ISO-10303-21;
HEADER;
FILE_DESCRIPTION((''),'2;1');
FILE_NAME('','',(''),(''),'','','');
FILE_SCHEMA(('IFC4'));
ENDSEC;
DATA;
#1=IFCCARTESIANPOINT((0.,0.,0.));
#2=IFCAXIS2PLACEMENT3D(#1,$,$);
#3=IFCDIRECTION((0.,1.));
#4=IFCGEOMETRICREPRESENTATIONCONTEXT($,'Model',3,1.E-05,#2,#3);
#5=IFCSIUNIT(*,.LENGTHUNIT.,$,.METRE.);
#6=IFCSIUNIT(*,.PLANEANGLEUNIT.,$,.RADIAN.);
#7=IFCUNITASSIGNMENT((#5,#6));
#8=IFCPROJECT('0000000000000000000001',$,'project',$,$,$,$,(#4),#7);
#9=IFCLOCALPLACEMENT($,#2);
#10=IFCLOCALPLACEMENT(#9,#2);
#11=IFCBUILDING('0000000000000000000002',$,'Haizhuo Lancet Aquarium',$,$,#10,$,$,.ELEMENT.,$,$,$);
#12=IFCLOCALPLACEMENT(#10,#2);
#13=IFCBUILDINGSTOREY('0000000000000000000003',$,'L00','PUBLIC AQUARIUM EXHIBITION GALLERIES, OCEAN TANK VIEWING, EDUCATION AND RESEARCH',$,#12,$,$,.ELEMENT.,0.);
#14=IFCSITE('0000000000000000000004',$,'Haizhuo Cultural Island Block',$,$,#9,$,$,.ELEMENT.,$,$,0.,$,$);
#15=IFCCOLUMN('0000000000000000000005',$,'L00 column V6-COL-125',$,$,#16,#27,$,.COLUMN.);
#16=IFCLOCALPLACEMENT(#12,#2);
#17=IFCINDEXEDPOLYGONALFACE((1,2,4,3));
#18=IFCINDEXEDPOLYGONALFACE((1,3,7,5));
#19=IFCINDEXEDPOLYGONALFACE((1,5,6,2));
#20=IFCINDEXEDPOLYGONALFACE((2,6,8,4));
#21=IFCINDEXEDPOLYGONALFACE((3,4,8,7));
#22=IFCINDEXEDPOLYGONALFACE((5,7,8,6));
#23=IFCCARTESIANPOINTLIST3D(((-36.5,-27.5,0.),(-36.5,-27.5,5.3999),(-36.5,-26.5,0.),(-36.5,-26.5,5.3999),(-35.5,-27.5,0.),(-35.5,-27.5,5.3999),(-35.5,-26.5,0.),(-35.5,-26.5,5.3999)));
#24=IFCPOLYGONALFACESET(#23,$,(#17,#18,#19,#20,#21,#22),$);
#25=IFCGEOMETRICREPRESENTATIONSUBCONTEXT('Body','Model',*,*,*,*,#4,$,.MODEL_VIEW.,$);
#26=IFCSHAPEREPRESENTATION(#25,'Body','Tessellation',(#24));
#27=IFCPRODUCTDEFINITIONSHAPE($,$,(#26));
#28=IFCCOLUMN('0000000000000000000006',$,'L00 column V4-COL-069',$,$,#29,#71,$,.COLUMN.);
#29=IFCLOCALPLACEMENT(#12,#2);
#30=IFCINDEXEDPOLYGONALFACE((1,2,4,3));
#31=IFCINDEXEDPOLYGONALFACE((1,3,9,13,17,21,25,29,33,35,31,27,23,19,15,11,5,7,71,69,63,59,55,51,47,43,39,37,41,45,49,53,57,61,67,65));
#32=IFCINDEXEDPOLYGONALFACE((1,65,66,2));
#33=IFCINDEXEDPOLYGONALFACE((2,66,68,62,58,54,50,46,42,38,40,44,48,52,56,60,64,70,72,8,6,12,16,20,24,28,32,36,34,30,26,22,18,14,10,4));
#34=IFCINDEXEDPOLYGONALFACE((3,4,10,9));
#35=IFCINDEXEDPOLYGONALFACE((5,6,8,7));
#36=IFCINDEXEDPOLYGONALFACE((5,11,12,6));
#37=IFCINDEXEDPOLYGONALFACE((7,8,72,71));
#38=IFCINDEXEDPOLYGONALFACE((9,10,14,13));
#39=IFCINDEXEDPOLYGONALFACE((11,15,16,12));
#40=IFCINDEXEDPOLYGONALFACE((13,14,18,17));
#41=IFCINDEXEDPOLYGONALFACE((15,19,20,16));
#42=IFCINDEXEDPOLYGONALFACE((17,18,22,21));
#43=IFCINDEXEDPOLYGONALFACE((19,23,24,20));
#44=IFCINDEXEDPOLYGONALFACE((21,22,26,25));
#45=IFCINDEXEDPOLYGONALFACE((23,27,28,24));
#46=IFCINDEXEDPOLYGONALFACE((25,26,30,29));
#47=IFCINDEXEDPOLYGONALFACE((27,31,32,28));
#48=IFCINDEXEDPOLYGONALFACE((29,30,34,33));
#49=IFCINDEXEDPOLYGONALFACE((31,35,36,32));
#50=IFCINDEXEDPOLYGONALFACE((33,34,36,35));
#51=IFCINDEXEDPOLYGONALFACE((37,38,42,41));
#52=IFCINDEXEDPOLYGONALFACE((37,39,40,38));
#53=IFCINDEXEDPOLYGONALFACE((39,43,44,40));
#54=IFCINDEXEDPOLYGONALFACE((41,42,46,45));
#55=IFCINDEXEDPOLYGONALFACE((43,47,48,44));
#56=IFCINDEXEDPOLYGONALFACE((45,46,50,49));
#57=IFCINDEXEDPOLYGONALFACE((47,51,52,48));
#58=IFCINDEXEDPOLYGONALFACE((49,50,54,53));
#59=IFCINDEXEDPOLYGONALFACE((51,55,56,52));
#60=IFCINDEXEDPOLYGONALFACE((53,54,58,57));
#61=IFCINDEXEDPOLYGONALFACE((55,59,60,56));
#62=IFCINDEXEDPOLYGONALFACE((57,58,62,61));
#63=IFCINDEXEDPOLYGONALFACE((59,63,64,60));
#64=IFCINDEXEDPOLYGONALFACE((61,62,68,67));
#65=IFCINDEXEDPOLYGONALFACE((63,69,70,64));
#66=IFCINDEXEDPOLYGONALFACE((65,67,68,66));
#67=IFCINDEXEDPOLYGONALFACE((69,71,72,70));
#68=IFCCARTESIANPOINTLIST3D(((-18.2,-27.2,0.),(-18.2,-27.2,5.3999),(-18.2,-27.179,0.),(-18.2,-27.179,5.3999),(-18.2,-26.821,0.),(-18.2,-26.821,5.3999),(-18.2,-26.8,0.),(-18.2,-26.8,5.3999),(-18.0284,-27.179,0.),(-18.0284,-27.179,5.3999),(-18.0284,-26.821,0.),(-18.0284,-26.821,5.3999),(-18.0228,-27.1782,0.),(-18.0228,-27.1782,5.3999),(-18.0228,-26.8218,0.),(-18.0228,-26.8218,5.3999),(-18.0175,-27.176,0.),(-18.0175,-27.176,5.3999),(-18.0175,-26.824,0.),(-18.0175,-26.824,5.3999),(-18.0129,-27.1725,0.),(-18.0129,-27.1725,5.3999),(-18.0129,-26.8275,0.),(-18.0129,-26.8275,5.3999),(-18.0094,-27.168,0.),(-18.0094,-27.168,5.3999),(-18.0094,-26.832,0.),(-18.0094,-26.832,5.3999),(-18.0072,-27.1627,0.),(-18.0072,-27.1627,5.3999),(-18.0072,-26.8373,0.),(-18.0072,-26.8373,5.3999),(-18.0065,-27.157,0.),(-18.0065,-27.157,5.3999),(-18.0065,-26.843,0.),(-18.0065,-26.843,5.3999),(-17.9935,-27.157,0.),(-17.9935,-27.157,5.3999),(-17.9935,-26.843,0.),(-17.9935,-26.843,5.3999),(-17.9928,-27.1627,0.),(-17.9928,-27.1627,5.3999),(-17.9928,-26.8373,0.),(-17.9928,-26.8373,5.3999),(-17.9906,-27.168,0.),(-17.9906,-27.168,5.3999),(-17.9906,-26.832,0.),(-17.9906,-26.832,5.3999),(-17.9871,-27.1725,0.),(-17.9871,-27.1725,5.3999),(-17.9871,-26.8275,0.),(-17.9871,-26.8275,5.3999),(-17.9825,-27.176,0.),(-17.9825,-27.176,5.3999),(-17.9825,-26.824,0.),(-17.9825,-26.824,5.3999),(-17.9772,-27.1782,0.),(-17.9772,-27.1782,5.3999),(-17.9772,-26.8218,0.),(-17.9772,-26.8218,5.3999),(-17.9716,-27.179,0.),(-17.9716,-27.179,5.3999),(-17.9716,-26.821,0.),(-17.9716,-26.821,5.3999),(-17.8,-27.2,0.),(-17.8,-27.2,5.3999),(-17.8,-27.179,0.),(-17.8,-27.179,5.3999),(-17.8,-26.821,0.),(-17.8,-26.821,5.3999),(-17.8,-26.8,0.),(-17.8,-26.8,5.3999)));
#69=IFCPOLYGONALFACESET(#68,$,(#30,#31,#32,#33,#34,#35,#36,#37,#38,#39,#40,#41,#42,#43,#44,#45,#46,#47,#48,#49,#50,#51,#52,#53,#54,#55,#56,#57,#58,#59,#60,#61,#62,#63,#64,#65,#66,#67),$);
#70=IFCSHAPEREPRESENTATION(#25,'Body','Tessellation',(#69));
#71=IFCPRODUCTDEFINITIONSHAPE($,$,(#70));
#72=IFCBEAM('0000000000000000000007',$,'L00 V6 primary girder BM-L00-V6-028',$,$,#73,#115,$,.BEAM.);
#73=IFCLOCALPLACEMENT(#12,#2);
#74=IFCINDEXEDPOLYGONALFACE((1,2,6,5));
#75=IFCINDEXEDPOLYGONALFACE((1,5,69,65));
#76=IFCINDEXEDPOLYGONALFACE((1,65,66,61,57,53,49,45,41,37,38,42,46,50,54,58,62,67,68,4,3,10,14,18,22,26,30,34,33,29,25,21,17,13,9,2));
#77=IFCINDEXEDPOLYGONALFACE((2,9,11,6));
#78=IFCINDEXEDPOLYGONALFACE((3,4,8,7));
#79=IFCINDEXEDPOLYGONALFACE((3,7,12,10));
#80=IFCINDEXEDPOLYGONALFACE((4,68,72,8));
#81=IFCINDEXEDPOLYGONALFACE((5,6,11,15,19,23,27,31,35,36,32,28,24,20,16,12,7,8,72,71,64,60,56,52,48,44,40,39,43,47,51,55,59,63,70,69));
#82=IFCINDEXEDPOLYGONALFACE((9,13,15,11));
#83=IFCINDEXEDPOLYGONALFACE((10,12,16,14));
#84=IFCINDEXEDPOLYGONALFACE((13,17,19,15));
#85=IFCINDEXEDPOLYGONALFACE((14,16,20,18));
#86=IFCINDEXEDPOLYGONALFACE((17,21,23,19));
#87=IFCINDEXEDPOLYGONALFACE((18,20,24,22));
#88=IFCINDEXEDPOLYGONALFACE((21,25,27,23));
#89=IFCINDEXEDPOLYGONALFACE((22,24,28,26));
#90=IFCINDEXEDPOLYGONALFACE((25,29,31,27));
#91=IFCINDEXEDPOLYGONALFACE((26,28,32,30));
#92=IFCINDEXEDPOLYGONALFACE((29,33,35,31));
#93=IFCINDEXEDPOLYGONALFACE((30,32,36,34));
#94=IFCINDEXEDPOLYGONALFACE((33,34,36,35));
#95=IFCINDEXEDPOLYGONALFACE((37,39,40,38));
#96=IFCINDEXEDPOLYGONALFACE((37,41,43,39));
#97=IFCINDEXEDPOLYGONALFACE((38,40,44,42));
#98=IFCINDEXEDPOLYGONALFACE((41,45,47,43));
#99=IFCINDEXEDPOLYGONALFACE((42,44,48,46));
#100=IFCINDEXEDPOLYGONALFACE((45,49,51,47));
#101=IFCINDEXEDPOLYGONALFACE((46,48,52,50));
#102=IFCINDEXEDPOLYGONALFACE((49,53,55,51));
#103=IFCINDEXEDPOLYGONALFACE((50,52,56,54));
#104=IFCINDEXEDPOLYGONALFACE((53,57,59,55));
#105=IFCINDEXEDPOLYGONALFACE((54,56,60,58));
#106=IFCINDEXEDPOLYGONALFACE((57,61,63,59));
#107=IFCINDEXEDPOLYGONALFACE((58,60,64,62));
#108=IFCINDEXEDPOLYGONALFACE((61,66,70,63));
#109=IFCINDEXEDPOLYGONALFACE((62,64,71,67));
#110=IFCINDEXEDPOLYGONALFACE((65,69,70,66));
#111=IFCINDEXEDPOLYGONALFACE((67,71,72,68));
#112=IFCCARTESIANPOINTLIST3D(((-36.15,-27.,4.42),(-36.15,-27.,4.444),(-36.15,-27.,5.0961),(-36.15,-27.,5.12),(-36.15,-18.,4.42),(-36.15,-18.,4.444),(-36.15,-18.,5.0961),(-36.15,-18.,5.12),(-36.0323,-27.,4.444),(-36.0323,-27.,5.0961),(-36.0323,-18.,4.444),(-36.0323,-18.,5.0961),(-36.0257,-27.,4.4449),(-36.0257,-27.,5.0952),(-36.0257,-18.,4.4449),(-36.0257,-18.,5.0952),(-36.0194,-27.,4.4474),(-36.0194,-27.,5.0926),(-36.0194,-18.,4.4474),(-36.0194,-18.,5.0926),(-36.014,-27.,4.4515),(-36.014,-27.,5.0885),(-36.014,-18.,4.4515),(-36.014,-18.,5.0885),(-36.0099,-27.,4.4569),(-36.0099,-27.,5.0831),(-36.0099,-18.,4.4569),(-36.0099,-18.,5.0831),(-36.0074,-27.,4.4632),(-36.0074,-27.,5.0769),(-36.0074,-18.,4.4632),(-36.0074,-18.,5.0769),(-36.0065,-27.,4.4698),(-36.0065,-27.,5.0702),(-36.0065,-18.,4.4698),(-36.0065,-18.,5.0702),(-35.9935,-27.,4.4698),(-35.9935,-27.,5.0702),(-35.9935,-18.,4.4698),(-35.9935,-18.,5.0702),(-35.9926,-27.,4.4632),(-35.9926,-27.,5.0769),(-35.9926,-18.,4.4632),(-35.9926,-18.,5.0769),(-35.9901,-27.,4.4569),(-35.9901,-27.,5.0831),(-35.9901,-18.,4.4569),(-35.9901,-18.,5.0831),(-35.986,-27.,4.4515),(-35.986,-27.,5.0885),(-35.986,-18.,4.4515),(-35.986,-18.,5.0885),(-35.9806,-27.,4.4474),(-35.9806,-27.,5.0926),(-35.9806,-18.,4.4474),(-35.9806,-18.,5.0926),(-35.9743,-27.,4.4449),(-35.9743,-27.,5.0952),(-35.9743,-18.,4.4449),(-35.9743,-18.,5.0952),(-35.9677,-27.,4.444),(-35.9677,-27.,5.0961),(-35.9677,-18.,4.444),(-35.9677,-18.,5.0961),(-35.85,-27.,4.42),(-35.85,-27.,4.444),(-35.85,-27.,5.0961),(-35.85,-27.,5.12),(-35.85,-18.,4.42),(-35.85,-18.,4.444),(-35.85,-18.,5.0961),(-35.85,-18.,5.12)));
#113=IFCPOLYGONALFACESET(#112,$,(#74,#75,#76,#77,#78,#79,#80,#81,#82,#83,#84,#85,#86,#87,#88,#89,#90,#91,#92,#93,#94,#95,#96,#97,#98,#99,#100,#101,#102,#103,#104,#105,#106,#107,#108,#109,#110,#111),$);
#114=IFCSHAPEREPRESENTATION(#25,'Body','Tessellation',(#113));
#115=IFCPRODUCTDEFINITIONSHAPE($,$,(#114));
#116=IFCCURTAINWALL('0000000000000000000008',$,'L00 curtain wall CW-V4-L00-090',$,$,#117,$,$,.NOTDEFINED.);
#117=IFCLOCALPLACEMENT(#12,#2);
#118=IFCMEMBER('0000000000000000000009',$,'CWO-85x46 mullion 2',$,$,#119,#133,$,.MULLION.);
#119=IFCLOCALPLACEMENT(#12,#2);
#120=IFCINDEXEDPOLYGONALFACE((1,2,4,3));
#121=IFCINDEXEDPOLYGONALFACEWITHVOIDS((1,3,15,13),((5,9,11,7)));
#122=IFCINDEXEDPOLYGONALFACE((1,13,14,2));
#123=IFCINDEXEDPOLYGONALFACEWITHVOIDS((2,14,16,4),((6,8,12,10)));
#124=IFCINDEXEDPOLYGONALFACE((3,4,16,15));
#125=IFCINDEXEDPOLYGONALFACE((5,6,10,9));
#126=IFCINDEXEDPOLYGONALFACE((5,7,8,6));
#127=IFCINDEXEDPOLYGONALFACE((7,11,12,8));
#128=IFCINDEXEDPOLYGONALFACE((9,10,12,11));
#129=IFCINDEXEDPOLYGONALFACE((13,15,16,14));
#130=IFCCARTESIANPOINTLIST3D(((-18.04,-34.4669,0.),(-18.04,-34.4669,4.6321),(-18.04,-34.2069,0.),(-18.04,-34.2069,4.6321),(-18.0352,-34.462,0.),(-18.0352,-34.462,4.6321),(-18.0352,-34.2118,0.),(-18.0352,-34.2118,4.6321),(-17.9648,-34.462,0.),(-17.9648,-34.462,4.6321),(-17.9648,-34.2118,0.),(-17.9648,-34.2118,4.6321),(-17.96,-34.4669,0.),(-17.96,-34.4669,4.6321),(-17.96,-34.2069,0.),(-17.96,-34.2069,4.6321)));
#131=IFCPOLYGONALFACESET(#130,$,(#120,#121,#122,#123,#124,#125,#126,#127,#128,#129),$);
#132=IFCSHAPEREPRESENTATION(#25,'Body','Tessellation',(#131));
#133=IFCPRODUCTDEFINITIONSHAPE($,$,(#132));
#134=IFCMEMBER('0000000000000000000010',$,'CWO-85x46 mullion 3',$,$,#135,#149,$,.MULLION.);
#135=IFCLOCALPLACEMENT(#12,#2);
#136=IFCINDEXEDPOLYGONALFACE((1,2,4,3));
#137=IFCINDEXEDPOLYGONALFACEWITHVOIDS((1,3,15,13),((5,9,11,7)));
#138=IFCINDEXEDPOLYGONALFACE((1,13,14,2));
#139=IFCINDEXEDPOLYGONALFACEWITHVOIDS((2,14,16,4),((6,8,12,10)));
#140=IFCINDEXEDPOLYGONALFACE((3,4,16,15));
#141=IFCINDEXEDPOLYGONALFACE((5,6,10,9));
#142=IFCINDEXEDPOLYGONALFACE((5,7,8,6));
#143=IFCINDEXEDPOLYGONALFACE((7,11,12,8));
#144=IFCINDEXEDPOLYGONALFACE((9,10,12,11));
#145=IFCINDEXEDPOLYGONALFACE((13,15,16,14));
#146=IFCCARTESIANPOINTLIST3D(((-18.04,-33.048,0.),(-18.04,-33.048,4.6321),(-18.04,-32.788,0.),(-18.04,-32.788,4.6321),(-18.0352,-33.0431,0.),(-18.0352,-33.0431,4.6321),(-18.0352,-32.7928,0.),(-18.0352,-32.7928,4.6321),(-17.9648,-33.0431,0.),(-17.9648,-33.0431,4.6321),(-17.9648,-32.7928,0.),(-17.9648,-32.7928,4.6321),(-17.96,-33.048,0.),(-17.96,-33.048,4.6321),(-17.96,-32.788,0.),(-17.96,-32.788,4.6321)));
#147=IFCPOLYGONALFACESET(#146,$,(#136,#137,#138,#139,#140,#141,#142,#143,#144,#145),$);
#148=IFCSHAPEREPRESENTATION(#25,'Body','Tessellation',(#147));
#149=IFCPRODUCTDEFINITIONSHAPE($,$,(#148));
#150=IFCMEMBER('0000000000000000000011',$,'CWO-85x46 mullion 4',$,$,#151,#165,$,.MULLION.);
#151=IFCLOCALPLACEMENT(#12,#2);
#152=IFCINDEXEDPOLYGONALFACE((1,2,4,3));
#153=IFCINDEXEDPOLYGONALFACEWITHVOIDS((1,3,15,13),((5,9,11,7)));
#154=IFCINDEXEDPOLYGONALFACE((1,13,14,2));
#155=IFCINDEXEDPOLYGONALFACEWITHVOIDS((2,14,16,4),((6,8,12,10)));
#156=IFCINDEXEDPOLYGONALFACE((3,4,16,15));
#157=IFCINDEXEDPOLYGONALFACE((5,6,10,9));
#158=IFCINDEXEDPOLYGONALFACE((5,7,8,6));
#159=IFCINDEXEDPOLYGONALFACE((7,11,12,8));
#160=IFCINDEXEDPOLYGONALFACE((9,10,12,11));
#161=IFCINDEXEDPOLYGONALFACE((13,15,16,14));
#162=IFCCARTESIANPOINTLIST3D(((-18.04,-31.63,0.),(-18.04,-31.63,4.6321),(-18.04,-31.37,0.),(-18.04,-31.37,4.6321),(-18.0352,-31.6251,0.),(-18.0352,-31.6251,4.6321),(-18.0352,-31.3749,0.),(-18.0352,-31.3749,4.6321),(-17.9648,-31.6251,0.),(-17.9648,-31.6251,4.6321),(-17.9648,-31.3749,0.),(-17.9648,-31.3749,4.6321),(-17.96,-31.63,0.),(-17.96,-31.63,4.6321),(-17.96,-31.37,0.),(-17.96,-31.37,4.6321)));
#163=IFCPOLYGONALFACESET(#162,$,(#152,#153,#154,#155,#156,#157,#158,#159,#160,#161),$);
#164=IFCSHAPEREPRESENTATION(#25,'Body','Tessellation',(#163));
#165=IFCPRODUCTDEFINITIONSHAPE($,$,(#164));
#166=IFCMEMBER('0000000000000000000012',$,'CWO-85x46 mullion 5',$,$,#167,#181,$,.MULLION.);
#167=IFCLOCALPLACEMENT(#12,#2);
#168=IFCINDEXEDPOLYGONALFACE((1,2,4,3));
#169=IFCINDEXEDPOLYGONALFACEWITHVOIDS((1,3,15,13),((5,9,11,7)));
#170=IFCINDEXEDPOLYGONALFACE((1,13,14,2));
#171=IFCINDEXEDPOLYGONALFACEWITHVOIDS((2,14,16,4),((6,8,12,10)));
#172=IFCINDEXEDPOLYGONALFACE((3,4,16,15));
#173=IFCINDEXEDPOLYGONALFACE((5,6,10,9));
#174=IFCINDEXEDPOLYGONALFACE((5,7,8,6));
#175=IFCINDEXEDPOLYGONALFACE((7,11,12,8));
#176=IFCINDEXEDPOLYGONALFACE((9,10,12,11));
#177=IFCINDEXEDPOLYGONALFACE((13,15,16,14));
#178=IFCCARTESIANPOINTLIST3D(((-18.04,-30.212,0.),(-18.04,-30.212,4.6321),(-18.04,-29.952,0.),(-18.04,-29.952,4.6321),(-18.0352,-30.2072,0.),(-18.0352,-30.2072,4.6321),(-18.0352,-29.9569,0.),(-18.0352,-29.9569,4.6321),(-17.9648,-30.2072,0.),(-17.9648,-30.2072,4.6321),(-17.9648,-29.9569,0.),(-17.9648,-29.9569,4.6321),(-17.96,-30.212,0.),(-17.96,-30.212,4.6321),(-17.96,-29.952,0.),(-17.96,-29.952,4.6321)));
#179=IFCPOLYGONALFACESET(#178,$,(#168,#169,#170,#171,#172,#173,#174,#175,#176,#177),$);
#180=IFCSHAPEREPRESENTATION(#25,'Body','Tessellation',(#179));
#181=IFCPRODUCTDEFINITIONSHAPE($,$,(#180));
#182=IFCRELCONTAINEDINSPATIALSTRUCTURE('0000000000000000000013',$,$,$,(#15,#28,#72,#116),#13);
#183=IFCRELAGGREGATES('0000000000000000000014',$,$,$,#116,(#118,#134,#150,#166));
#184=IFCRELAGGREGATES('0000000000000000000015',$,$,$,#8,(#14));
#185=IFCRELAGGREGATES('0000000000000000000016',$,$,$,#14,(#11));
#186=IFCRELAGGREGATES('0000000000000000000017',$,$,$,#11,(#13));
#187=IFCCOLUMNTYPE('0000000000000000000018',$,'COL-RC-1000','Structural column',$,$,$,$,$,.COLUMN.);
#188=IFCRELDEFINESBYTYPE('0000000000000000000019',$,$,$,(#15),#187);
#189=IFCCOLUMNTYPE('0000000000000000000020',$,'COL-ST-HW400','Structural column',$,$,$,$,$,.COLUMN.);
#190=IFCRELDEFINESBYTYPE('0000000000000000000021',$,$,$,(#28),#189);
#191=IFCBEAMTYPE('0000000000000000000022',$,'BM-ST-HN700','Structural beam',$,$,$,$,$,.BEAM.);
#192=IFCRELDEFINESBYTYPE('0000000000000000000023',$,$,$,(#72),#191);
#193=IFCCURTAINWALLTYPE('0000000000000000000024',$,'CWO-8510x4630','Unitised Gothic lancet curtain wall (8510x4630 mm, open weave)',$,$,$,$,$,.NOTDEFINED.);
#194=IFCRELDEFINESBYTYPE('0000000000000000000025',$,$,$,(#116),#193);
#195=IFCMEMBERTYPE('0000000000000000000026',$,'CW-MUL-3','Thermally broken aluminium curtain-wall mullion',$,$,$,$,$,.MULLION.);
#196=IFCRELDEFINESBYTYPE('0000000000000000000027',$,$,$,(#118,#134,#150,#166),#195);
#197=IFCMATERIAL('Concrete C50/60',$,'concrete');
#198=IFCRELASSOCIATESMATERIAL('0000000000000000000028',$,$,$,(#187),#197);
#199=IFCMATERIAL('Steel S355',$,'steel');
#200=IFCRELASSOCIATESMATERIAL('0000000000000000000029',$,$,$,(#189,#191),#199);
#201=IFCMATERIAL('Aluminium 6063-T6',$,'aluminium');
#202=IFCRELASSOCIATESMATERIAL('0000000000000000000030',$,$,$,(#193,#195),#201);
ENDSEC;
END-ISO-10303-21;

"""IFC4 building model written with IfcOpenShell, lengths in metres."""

from ifc_helpers import new_model, si_unit, direction, frame, origin, origin_2d, place, context, subcontext, project, spatial, rectangle, hollow_rectangle, i_section, extrude, material, material_profile, profile_set, type_object, element, aggregate, save


model = new_model("IFC4")

# Units and contexts
model_context = context("Model", 3, precision=1e-05, world=origin(), true_north=direction((0.0, 1.0)))
body_context = subcontext(model_context, "Body", "Model", "MODEL_VIEW")
ifc_project = project(units=[si_unit("LENGTHUNIT", "METRE"), si_unit("PLANEANGLEUNIT", "RADIAN")], contexts=[model_context])

# Site, building, storey
site_placement = place(None, origin())
site = spatial("IfcSite", under=ifc_project, at=site_placement, Name="Haizhuo Cultural Island Block", CompositionType="ELEMENT", RefElevation=0.0)
building_placement = place(site_placement, origin())
building = spatial("IfcBuilding", under=site, at=building_placement, Name="Haizhuo Lancet Aquarium", CompositionType="ELEMENT")
storey_placement = place(building_placement, origin())
storey = spatial("IfcBuildingStorey", under=building, at=storey_placement, Name="L00", Description="PUBLIC AQUARIUM EXHIBITION GALLERIES, OCEAN TANK VIEWING, EDUCATION AND RESEARCH", CompositionType="ELEMENT", Elevation=0.0)

# Columns
ifc_material_1 = material(Name="Concrete C50/60", Category="concrete")
ifc_material_profile_1 = material_profile(ifc_material_1, rectangle(XDim=1.0, YDim=1.0, at=origin_2d()), Name="RC-COL 1000x1000")
ifc_profile_set_1 = profile_set([ifc_material_profile_1], Name="Concrete C50/60")
column_type_1 = type_object("IfcColumnType", Name="COL-RC-1000", Description="Structural column", PredefinedType="COLUMN", material=ifc_profile_set_1)
column_1_placement = place(storey_placement, frame((-36.0, -27.0, 0.0), z_axis=(0.0, 0.0, 1.0), x_axis=(1.0, 0.0, 0.0)))
element("IfcColumn", 1, at=column_1_placement, inside=storey, type_object=column_type_1, Name="L00 column V6-COL-125", PredefinedType="COLUMN", context=body_context, shape_type="SweptSolid", body=[
    extrude(rectangle(XDim=1.0, YDim=1.0, at=origin_2d()), origin(), (0.0, 0.0, 1.0), 5.3999),
])
ifc_material_2 = material(Name="Steel S355", Category="steel")
ifc_material_profile_2 = material_profile(ifc_material_2, i_section(OverallWidth=0.3999, OverallDepth=0.3999, WebThickness=0.0129, FlangeThickness=0.021, FilletRadius=0.022, at=origin_2d()), Name="HW 400x400x13x21")
ifc_profile_set_2 = profile_set([ifc_material_profile_2], Name="Steel S355")
column_type_2 = type_object("IfcColumnType", Name="COL-ST-HW400", Description="Structural column", PredefinedType="COLUMN", material=ifc_profile_set_2)
column_2_placement = place(storey_placement, frame((-18.0, -27.0, 0.0), z_axis=(0.0, 0.0, 1.0), x_axis=(1.0, 0.0, 0.0)))
element("IfcColumn", 2, at=column_2_placement, inside=storey, type_object=column_type_2, Name="L00 column V4-COL-069", PredefinedType="COLUMN", context=body_context, shape_type="SweptSolid", body=[
    extrude(i_section(OverallWidth=0.3999, OverallDepth=0.3999, WebThickness=0.0129, FlangeThickness=0.021, FilletRadius=0.022, at=origin_2d()), origin(), (0.0, 0.0, 1.0), 5.3999),
])

# Beam
ifc_material_profile_3 = material_profile(ifc_material_2, i_section(OverallWidth=0.3, OverallDepth=0.7, WebThickness=0.0129, FlangeThickness=0.0239, FilletRadius=0.0259, at=origin_2d()), Name="HN 700x300x13x24")
ifc_profile_set_3 = profile_set([ifc_material_profile_3], Name="Steel S355")
beam_type = type_object("IfcBeamType", Name="BM-ST-HN700", Description="Structural beam", PredefinedType="BEAM", material=ifc_profile_set_3)
beam_placement = place(storey_placement, frame((-36.0, -27.0, 4.77), z_axis=(0.0, 1.0, 0.0), x_axis=(-1.0, 0.0, 0.0)))
element("IfcBeam", 3, at=beam_placement, inside=storey, type_object=beam_type, Name="L00 V6 primary girder BM-L00-V6-028", PredefinedType="BEAM", context=body_context, shape_type="SweptSolid", body=[
    extrude(i_section(OverallWidth=0.3, OverallDepth=0.7, WebThickness=0.0129, FlangeThickness=0.0239, FilletRadius=0.0259, at=origin_2d()), origin(), (0.0, 0.0, 1.0), 9.0),
])

# Curtain wall, members
ifc_material_3 = material(Name="Aluminium 6063-T6", Category="aluminium")
curtain_wall_type = type_object("IfcCurtainWallType", Name="CWO-8510x4630", Description="Unitised Gothic lancet curtain wall (8510x4630 mm, open weave)", PredefinedType="NOTDEFINED", material=ifc_material_3)
curtain_wall_placement = place(storey_placement, origin())
curtain_wall = element("IfcCurtainWall", 4, at=curtain_wall_placement, inside=storey, type_object=curtain_wall_type, Name="L00 curtain wall CW-V4-L00-090", PredefinedType="NOTDEFINED")
ifc_material_profile_4 = material_profile(ifc_material_3, hollow_rectangle(XDim=0.0801, YDim=0.26, WallThickness=0.0049, at=origin_2d()), Name="ALU-M 80x260x5")
ifc_profile_set_4 = profile_set([ifc_material_profile_4], Name="Aluminium 6063-T6")
member_type_1 = type_object("IfcMemberType", Name="CW-MUL-3", Description="Thermally broken aluminium curtain-wall mullion", PredefinedType="MULLION", material=ifc_profile_set_4)
member_1_placement = place(storey_placement, frame((-18.0, -34.3369, 0.0), z_axis=(0.0, 0.0, 1.0), x_axis=(-1.0, 0.0, 0.0)))
member_1 = element("IfcMember", 5, at=member_1_placement, type_object=member_type_1, Name="CWO-85x46 mullion 2", PredefinedType="MULLION", context=body_context, shape_type="SweptSolid", body=[
    extrude(hollow_rectangle(XDim=0.0801, YDim=0.26, WallThickness=0.0049, at=origin_2d()), origin(), (0.0, 0.0, 1.0), 4.6321),
])
member_2_placement = place(storey_placement, frame((-18.0, -32.918, 0.0), z_axis=(0.0, 0.0, 1.0), x_axis=(-1.0, 0.0, 0.0)))
member_2 = element("IfcMember", 6, at=member_2_placement, type_object=member_type_1, Name="CWO-85x46 mullion 3", PredefinedType="MULLION", context=body_context, shape_type="SweptSolid", body=[
    extrude(hollow_rectangle(XDim=0.0801, YDim=0.26, WallThickness=0.0049, at=origin_2d()), origin(), (0.0, 0.0, 1.0), 4.6321),
])
member_3_placement = place(storey_placement, frame((-18.0, -31.5, 0.0), z_axis=(0.0, 0.0, 1.0), x_axis=(-1.0, 0.0, 0.0)))
member_3 = element("IfcMember", 7, at=member_3_placement, type_object=member_type_1, Name="CWO-85x46 mullion 4", PredefinedType="MULLION", context=body_context, shape_type="SweptSolid", body=[
    extrude(hollow_rectangle(XDim=0.0801, YDim=0.26, WallThickness=0.0049, at=origin_2d()), origin(), (0.0, 0.0, 1.0), 4.6321),
])
member_4_placement = place(storey_placement, frame((-18.0, -30.082, 0.0), z_axis=(0.0, 0.0, 1.0), x_axis=(-1.0, 0.0, 0.0)))
member_4 = element("IfcMember", 8, at=member_4_placement, type_object=member_type_1, Name="CWO-85x46 mullion 5", PredefinedType="MULLION", context=body_context, shape_type="SweptSolid", body=[
    extrude(hollow_rectangle(XDim=0.0801, YDim=0.26, WallThickness=0.0049, at=origin_2d()), origin(), (0.0, 0.0, 1.0), 4.6321),
])
aggregate(curtain_wall, [member_1, member_2, member_3, member_4])

save(model, "model.ifc")
